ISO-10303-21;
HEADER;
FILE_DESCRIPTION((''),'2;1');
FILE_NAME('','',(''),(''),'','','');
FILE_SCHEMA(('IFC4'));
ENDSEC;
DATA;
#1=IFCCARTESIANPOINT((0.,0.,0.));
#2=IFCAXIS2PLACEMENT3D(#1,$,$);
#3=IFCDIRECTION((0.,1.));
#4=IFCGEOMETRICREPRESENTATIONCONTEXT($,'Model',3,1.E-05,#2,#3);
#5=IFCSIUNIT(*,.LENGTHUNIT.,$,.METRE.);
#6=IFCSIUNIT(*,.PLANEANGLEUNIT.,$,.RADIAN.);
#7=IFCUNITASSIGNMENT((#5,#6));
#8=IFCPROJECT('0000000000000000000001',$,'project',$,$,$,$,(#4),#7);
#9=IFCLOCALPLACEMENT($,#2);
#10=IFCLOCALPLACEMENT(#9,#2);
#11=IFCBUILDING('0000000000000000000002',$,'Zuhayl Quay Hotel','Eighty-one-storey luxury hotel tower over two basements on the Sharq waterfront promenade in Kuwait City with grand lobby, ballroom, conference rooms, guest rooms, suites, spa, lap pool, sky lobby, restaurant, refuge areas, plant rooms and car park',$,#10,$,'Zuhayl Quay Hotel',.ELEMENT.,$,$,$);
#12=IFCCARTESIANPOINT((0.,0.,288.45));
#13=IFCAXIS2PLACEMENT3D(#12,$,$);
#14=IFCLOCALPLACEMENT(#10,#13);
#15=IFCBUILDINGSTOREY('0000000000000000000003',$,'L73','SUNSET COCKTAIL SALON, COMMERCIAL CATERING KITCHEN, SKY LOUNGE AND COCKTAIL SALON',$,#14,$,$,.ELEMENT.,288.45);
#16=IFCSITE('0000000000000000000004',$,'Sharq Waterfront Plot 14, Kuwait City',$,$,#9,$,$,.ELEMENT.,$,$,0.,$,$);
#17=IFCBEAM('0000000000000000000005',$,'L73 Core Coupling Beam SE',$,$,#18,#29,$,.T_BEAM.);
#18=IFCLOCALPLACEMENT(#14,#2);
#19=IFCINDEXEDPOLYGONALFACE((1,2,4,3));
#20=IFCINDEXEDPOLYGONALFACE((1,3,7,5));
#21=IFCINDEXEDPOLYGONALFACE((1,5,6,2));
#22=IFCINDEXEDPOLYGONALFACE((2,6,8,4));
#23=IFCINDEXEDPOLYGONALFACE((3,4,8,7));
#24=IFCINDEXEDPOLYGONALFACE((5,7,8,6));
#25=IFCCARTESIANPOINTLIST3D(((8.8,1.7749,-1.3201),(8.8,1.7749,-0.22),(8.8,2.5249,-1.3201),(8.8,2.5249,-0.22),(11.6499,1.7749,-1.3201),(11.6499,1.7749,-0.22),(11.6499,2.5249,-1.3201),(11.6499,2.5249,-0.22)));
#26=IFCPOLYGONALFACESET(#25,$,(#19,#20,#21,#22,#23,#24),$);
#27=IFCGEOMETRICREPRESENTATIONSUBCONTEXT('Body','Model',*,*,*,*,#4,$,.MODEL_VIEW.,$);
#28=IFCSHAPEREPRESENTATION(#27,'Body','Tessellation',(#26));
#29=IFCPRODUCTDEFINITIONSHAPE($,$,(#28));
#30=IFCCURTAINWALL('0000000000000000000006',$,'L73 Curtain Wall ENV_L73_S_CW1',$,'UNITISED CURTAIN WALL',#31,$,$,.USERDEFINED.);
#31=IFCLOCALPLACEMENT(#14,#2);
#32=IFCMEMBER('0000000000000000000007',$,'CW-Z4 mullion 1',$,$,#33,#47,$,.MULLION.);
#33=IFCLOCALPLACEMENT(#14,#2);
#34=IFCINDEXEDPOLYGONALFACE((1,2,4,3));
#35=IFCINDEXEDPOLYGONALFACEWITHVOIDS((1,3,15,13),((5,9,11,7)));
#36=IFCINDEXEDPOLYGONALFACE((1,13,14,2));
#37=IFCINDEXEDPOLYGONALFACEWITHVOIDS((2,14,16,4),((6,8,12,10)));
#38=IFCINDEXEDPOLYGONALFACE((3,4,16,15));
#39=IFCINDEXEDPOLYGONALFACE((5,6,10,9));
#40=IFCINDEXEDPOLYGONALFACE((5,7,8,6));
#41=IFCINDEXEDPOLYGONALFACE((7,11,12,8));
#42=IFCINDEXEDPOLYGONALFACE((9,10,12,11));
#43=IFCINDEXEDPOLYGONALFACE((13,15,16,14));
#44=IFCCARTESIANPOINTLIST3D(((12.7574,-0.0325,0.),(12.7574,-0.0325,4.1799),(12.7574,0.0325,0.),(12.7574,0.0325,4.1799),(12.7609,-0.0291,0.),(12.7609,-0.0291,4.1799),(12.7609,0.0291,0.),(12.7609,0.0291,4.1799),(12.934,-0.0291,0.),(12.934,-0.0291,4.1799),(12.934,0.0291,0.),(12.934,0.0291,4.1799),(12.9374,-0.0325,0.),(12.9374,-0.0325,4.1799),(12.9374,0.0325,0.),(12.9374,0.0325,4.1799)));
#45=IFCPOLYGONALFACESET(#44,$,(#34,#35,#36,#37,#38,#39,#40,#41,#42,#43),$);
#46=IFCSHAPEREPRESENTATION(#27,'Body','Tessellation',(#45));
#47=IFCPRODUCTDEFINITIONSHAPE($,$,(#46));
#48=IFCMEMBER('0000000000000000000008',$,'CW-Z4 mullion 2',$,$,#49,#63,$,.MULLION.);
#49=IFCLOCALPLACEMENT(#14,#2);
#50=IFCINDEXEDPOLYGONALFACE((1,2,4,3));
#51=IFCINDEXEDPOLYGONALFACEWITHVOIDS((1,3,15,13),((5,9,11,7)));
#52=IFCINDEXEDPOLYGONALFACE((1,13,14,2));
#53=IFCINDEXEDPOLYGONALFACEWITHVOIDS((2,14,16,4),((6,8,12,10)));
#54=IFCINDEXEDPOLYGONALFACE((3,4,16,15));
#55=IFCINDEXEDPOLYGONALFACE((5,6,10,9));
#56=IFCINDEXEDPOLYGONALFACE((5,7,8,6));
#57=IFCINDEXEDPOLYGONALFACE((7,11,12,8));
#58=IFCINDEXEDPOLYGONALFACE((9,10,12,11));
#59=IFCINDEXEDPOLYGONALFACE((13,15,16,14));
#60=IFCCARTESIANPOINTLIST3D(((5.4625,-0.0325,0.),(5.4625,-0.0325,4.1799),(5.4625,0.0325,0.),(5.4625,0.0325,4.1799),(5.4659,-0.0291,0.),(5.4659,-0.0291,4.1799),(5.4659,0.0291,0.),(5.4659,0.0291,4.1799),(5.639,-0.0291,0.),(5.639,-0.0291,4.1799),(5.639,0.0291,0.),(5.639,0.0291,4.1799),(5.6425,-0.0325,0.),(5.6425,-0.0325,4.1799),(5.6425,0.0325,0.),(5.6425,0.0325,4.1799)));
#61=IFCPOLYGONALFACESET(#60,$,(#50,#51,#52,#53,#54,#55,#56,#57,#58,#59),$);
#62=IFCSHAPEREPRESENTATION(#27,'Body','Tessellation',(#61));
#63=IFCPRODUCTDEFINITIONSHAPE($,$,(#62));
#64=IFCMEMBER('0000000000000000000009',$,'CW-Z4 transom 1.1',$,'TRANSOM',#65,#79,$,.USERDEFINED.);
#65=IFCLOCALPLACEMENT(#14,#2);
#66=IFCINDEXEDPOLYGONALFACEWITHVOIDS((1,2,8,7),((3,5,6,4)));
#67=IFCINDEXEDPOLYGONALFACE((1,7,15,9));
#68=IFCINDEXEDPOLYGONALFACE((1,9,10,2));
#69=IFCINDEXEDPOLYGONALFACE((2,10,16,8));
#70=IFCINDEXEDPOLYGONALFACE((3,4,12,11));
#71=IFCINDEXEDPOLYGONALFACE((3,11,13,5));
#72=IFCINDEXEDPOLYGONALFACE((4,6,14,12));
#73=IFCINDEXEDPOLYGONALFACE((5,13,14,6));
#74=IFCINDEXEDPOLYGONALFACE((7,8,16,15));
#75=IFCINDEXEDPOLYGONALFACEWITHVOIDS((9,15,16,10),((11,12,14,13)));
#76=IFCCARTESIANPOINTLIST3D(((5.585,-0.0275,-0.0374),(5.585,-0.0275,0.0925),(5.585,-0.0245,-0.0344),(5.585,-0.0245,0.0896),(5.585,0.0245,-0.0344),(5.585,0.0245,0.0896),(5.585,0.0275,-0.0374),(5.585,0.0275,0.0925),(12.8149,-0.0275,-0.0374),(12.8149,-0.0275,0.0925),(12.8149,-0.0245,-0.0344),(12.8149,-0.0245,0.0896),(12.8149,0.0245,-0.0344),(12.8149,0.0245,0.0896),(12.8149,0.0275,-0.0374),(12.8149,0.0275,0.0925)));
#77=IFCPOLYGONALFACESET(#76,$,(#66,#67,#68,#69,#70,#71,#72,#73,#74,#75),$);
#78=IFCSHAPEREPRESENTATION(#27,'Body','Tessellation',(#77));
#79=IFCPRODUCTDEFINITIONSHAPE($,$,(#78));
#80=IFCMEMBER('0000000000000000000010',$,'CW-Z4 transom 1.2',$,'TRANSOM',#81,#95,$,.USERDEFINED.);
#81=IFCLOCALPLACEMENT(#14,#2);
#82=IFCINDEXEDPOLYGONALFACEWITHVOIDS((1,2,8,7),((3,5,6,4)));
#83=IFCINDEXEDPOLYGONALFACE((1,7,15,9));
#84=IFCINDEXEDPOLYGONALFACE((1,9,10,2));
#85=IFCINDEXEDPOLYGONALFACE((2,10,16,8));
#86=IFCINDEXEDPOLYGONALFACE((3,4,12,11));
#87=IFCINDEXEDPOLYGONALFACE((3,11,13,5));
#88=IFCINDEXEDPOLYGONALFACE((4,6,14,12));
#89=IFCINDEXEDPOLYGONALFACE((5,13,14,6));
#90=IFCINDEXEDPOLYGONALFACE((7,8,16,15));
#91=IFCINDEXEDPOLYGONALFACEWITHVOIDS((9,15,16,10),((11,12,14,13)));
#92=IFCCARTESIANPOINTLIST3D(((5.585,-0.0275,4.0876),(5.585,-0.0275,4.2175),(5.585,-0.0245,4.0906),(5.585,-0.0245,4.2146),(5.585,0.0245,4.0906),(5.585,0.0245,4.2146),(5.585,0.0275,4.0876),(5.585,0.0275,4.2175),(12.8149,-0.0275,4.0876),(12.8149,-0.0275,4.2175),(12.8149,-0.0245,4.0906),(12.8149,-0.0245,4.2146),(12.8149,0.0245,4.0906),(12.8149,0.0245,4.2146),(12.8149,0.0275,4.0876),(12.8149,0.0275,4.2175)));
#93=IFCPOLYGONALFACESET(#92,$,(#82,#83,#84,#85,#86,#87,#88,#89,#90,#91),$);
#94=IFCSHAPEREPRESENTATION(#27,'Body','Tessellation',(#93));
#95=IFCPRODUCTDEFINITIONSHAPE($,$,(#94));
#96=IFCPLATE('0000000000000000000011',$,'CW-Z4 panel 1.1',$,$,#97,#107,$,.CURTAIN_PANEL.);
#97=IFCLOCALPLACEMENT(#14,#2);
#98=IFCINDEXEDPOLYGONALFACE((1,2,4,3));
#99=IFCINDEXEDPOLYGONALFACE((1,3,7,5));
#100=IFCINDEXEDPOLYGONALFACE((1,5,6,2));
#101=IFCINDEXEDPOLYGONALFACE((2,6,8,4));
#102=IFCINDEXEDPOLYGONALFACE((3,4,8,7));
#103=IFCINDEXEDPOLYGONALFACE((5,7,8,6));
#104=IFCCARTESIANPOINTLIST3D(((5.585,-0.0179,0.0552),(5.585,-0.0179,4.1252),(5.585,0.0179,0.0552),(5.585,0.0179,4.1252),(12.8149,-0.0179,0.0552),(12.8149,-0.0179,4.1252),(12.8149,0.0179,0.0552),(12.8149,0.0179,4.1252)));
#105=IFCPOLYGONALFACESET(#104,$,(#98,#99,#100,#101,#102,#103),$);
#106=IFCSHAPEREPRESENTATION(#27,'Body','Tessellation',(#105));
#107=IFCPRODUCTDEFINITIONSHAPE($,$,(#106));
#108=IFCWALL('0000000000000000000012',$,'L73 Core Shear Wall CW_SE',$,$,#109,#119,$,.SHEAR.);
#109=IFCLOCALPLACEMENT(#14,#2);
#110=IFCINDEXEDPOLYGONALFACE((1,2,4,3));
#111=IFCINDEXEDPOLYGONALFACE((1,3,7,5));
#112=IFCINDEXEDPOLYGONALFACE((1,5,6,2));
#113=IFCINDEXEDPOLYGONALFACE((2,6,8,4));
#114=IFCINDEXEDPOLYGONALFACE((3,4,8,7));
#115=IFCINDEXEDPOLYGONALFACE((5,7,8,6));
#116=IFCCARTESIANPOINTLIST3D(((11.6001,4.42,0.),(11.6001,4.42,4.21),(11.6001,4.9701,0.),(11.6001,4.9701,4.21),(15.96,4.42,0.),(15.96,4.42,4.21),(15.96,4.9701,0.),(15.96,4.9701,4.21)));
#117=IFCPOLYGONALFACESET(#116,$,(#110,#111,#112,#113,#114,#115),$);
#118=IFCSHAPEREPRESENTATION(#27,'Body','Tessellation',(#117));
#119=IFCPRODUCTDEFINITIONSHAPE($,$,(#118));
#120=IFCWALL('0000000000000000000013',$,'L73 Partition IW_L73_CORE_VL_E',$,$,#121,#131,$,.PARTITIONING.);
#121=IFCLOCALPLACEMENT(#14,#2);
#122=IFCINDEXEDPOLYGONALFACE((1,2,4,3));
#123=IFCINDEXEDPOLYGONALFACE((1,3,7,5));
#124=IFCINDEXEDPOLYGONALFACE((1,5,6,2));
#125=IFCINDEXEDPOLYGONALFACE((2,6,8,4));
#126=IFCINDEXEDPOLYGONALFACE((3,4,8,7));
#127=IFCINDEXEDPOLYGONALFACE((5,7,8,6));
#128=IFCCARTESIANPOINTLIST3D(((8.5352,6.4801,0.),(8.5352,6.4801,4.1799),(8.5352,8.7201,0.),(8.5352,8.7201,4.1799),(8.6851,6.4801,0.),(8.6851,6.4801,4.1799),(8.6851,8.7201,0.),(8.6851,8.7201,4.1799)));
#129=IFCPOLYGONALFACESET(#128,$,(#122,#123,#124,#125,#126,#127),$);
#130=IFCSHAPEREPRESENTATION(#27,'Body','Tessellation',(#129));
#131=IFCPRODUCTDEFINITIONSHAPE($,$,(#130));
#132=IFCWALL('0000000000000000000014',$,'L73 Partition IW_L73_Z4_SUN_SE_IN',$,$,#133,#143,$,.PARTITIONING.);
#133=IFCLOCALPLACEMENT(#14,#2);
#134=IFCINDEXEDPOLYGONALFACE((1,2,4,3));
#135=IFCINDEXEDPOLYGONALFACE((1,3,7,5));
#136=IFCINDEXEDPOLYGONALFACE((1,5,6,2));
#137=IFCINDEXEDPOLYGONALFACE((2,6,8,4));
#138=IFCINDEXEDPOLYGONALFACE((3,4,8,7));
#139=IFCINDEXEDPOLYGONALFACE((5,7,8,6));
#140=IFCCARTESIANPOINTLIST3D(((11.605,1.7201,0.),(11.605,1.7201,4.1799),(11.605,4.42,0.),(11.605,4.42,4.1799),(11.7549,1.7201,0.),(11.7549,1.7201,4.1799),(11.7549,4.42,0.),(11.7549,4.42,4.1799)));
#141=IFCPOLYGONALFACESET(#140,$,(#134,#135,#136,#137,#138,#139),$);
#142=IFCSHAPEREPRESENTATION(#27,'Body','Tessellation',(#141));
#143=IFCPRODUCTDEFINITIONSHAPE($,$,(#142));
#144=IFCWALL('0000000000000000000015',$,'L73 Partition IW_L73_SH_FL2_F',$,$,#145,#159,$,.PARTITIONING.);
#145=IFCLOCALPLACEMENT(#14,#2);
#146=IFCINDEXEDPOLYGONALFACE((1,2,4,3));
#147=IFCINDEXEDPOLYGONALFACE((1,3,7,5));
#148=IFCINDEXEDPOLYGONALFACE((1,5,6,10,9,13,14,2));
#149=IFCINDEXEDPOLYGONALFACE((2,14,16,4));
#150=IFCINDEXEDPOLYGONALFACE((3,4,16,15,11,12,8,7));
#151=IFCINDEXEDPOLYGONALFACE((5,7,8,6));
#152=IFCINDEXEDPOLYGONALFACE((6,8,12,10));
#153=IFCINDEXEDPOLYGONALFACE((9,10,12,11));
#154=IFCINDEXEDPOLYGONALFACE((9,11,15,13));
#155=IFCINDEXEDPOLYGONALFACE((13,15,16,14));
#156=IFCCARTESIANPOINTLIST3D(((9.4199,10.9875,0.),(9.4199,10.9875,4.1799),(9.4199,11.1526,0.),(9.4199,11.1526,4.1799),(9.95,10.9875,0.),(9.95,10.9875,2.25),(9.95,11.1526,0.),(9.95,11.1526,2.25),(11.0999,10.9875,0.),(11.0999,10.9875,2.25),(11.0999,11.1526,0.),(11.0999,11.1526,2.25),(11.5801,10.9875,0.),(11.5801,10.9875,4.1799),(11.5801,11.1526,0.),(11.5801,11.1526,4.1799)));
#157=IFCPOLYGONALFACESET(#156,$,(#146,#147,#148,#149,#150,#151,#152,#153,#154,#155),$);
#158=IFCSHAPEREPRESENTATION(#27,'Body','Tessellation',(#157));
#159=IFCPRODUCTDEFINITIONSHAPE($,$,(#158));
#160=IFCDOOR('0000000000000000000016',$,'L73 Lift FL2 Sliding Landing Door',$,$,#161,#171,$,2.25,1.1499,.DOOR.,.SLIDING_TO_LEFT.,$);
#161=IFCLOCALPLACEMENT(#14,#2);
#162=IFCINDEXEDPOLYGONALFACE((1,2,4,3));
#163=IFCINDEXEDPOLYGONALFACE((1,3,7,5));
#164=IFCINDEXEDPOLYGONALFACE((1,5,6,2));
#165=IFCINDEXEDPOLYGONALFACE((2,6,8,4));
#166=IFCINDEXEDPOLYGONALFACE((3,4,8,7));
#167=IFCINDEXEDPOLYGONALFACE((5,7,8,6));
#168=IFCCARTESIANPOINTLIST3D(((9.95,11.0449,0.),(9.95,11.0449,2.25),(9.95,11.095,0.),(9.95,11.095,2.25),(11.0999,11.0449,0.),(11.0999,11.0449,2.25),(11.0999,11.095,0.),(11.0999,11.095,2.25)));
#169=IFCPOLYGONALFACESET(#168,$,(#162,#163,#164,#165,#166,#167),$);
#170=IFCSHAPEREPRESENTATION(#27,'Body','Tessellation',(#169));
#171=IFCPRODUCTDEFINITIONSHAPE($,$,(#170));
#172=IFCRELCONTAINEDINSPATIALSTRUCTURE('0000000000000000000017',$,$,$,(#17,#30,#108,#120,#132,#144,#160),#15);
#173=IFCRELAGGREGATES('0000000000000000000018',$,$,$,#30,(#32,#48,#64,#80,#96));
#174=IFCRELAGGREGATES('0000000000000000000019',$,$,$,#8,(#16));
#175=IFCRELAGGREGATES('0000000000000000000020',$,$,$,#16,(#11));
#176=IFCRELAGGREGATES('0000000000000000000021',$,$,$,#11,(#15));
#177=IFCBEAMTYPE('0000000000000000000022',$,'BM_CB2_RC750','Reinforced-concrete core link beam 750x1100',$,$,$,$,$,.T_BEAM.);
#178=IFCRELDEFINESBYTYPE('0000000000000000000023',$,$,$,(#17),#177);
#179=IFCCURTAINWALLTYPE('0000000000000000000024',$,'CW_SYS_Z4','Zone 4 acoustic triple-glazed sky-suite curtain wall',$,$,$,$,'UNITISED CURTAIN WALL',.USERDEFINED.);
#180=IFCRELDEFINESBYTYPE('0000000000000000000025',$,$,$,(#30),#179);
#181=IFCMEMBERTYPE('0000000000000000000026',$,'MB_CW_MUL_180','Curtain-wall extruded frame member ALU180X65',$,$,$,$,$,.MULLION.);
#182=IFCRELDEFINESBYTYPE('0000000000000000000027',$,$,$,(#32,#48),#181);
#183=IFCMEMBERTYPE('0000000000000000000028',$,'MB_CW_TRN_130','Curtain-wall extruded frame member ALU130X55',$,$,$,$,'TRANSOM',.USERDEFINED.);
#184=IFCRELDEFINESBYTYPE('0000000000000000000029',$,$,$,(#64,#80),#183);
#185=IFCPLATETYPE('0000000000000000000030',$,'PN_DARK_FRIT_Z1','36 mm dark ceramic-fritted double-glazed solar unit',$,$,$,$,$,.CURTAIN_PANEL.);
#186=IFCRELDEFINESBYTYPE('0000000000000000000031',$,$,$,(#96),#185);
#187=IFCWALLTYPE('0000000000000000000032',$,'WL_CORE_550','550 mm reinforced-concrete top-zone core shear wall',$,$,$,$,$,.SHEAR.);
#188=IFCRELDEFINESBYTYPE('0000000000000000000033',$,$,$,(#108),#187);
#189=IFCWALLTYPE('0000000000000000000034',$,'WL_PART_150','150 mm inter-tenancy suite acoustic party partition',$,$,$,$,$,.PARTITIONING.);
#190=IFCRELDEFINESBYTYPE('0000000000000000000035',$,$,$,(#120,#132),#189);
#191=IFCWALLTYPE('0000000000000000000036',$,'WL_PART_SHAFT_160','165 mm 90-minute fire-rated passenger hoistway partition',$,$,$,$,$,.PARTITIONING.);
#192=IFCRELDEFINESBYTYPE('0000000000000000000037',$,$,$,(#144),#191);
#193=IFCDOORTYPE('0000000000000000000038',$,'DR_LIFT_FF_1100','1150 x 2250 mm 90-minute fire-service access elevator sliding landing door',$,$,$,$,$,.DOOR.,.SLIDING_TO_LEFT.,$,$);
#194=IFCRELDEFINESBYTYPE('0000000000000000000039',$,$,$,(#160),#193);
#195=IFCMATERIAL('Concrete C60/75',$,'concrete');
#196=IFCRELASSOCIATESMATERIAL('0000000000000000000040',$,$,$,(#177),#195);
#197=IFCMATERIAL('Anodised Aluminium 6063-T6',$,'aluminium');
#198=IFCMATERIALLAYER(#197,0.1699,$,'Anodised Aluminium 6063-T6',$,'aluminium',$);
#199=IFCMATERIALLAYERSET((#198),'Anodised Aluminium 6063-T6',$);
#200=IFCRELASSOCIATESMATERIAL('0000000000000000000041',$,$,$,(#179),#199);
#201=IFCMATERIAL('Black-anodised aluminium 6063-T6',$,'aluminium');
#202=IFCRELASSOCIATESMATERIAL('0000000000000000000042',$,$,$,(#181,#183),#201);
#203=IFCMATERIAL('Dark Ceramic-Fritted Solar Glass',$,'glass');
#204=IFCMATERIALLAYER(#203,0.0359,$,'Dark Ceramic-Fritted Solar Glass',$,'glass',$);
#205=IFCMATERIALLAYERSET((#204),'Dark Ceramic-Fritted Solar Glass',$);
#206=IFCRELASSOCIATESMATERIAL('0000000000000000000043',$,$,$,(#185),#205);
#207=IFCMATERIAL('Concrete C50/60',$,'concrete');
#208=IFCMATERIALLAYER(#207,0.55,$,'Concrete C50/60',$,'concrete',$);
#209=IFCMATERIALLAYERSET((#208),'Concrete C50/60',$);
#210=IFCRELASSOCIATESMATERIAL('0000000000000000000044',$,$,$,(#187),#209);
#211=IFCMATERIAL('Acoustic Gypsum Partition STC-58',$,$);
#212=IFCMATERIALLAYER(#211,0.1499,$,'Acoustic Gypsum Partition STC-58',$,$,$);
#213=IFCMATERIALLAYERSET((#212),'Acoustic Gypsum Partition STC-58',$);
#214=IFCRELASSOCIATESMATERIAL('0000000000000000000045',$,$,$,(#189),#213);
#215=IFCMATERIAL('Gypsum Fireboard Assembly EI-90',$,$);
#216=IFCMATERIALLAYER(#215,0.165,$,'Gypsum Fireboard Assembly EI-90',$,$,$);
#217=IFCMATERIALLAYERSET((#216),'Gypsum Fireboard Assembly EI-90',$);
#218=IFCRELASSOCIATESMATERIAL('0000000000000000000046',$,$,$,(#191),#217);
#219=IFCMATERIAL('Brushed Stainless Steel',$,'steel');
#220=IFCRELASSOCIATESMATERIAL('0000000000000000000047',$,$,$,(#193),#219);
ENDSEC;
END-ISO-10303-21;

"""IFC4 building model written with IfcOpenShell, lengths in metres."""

from ifc_helpers import new_model, si_unit, direction, frame, frame_2d, origin, origin_2d, place, context, subcontext, project, spatial, rectangle, hollow_rectangle, extrude, material, layer, layer_set, material_profile, profile_set, type_object, element, fill, aggregate, save


model = new_model("IFC4")

# Units and contexts
model_context = context("Model", 3, precision=1e-05, world=origin(), true_north=direction((0.0, 1.0)))
body_context = subcontext(model_context, "Body", "Model", "MODEL_VIEW")
ifc_project = project(units=[si_unit("LENGTHUNIT", "METRE"), si_unit("PLANEANGLEUNIT", "RADIAN")], contexts=[model_context])

# Site, building, storey
site_placement = place(None, origin())
site = spatial("IfcSite", under=ifc_project, at=site_placement, Name="Sharq Waterfront Plot 14, Kuwait City", CompositionType="ELEMENT", RefElevation=0.0)
building_placement = place(site_placement, origin())
building = spatial("IfcBuilding", under=site, at=building_placement, Name="Zuhayl Quay Hotel", Description="Eighty-one-storey luxury hotel tower over two basements on the Sharq waterfront promenade in Kuwait City with grand lobby, ballroom, conference rooms, guest rooms, suites, spa, lap pool, sky lobby, restaurant, refuge areas, plant rooms and car park", LongName="Zuhayl Quay Hotel", CompositionType="ELEMENT")
storey_placement = place(building_placement, frame((0.0, 0.0, 288.45)))
storey = spatial("IfcBuildingStorey", under=building, at=storey_placement, Name="L73", Description="SUNSET COCKTAIL SALON, COMMERCIAL CATERING KITCHEN, SKY LOUNGE AND COCKTAIL SALON", CompositionType="ELEMENT", Elevation=288.45)

# Beam
ifc_material_1 = material(Name="Concrete C60/75", Category="concrete")
ifc_material_profile_1 = material_profile(ifc_material_1, rectangle(XDim=0.75, YDim=1.1001, at=origin_2d()), Name="RC750X1100")
ifc_profile_set_1 = profile_set([ifc_material_profile_1], Name="Concrete C60/75")
beam_type = type_object("IfcBeamType", Name="BM_CB2_RC750", Description="Reinforced-concrete core link beam 750x1100", PredefinedType="T_BEAM", material=ifc_profile_set_1)
beam_placement = place(storey_placement, frame((8.8, 2.1499, -0.77), z_axis=(1.0, 0.0, 0.0), x_axis=(0.0, 1.0, 0.0)))
element("IfcBeam", 1, at=beam_placement, inside=storey, type_object=beam_type, Name="L73 Core Coupling Beam SE", PredefinedType="T_BEAM", context=body_context, shape_type="SweptSolid", body=[
    extrude(rectangle(XDim=0.75, YDim=1.1001, at=origin_2d()), origin(), (0.0, 0.0, 1.0), 2.8499),
])

# Curtain wall, members, plate
ifc_material_2 = material(Name="Anodised Aluminium 6063-T6", Category="aluminium")
ifc_layer_1 = layer(ifc_material_2, 0.1699, Name="Anodised Aluminium 6063-T6", Category="aluminium")
ifc_layer_set_1 = layer_set([ifc_layer_1], Name="Anodised Aluminium 6063-T6")
curtain_wall_type = type_object("IfcCurtainWallType", Name="CW_SYS_Z4", Description="Zone 4 acoustic triple-glazed sky-suite curtain wall", ElementType="UNITISED CURTAIN WALL", PredefinedType="USERDEFINED", material=ifc_layer_set_1)
curtain_wall_placement = place(storey_placement, origin())
curtain_wall = element("IfcCurtainWall", 2, at=curtain_wall_placement, inside=storey, type_object=curtain_wall_type, Name="L73 Curtain Wall ENV_L73_S_CW1", ObjectType="UNITISED CURTAIN WALL", PredefinedType="USERDEFINED")
ifc_material_3 = material(Name="Black-anodised aluminium 6063-T6", Category="aluminium")
ifc_material_profile_2 = material_profile(ifc_material_3, hollow_rectangle(XDim=0.0649, YDim=0.1799, WallThickness=0.0034, at=origin_2d()), Name="ALU180X65")
ifc_profile_set_2 = profile_set([ifc_material_profile_2], Name="Black-anodised aluminium 6063-T6")
member_type_1 = type_object("IfcMemberType", Name="MB_CW_MUL_180", Description="Curtain-wall extruded frame member ALU180X65", PredefinedType="MULLION", material=ifc_profile_set_2)
member_1_placement = place(storey_placement, frame((12.8474, 0.0, 0.0), z_axis=(0.0, 0.0, 1.0), x_axis=(0.0, -1.0, 0.0)))
member_1 = element("IfcMember", 3, at=member_1_placement, type_object=member_type_1, Name="CW-Z4 mullion 1", PredefinedType="MULLION", context=body_context, shape_type="SweptSolid", body=[
    extrude(hollow_rectangle(XDim=0.0649, YDim=0.1799, WallThickness=0.0034, at=origin_2d()), origin(), (0.0, 0.0, 1.0), 4.1799),
])
member_2_placement = place(storey_placement, frame((5.5525, 0.0, 0.0), z_axis=(0.0, 0.0, 1.0), x_axis=(0.0, -1.0, 0.0)))
member_2 = element("IfcMember", 4, at=member_2_placement, type_object=member_type_1, Name="CW-Z4 mullion 2", PredefinedType="MULLION", context=body_context, shape_type="SweptSolid", body=[
    extrude(hollow_rectangle(XDim=0.0649, YDim=0.1799, WallThickness=0.0034, at=origin_2d()), origin(), (0.0, 0.0, 1.0), 4.1799),
])
ifc_material_profile_3 = material_profile(ifc_material_3, hollow_rectangle(XDim=0.0549, YDim=0.1299, WallThickness=0.0029, at=origin_2d()), Name="ALU130X55")
ifc_profile_set_3 = profile_set([ifc_material_profile_3], Name="Black-anodised aluminium 6063-T6")
member_type_2 = type_object("IfcMemberType", Name="MB_CW_TRN_130", Description="Curtain-wall extruded frame member ALU130X55", ElementType="TRANSOM", PredefinedType="USERDEFINED", material=ifc_profile_set_3)
member_3_placement = place(storey_placement, frame((12.8149, 0.0, 0.0276), z_axis=(-1.0, 0.0, 0.0), x_axis=(0.0, -1.0, 0.0)))
member_3 = element("IfcMember", 5, at=member_3_placement, type_object=member_type_2, Name="CW-Z4 transom 1.1", ObjectType="TRANSOM", PredefinedType="USERDEFINED", context=body_context, shape_type="SweptSolid", body=[
    extrude(hollow_rectangle(XDim=0.0549, YDim=0.1299, WallThickness=0.0029, at=origin_2d()), origin(), (0.0, 0.0, 1.0), 7.23),
])
member_4_placement = place(storey_placement, frame((12.8149, 0.0, 4.1526), z_axis=(-1.0, 0.0, 0.0), x_axis=(0.0, -1.0, 0.0)))
member_4 = element("IfcMember", 6, at=member_4_placement, type_object=member_type_2, Name="CW-Z4 transom 1.2", ObjectType="TRANSOM", PredefinedType="USERDEFINED", context=body_context, shape_type="SweptSolid", body=[
    extrude(hollow_rectangle(XDim=0.0549, YDim=0.1299, WallThickness=0.0029, at=origin_2d()), origin(), (0.0, 0.0, 1.0), 7.23),
])
ifc_material_4 = material(Name="Dark Ceramic-Fritted Solar Glass", Category="glass")
ifc_layer_2 = layer(ifc_material_4, 0.0359, Name="Dark Ceramic-Fritted Solar Glass", Category="glass")
ifc_layer_set_2 = layer_set([ifc_layer_2], Name="Dark Ceramic-Fritted Solar Glass")
plate_type = type_object("IfcPlateType", Name="PN_DARK_FRIT_Z1", Description="36 mm dark ceramic-fritted double-glazed solar unit", PredefinedType="CURTAIN_PANEL", material=ifc_layer_set_2)
plate_placement = place(storey_placement, frame((9.2, 0.0, 0.0552), z_axis=(0.0, 0.0, 1.0), x_axis=(-1.0, 0.0, 0.0)))
plate = element("IfcPlate", 7, at=plate_placement, type_object=plate_type, Name="CW-Z4 panel 1.1", PredefinedType="CURTAIN_PANEL", context=body_context, shape_type="SweptSolid", body=[
    extrude(rectangle(XDim=7.23, YDim=0.0359, at=origin_2d()), origin(), (0.0, 0.0, 1.0), 4.0701),
])
aggregate(curtain_wall, [member_1, member_2, member_3, member_4, plate])

# Walls
ifc_material_5 = material(Name="Concrete C50/60", Category="concrete")
ifc_layer_3 = layer(ifc_material_5, 0.55, Name="Concrete C50/60", Category="concrete")
ifc_layer_set_3 = layer_set([ifc_layer_3], Name="Concrete C50/60")
wall_type_1 = type_object("IfcWallType", Name="WL_CORE_550", Description="550 mm reinforced-concrete top-zone core shear wall", PredefinedType="SHEAR", material=ifc_layer_set_3)
wall_1_placement = place(storey_placement, frame((11.6001, 4.6951, 0.0), z_axis=(0.0, 0.0, 1.0), x_axis=(1.0, 0.0, 0.0)))
element("IfcWall", 8, at=wall_1_placement, inside=storey, type_object=wall_type_1, Name="L73 Core Shear Wall CW_SE", PredefinedType="SHEAR", context=body_context, shape_type="SweptSolid", body=[
    extrude(rectangle(XDim=4.3599, YDim=0.55, at=frame_2d((2.1799, 0.0))), origin(), (0.0, 0.0, 1.0), 4.21),
])
ifc_material_6 = material(Name="Acoustic Gypsum Partition STC-58")
ifc_layer_4 = layer(ifc_material_6, 0.1499, Name="Acoustic Gypsum Partition STC-58")
ifc_layer_set_4 = layer_set([ifc_layer_4], Name="Acoustic Gypsum Partition STC-58")
wall_type_2 = type_object("IfcWallType", Name="WL_PART_150", Description="150 mm inter-tenancy suite acoustic party partition", PredefinedType="PARTITIONING", material=ifc_layer_set_4)
wall_2_placement = place(storey_placement, frame((8.6101, 6.48, 0.0), z_axis=(0.0, 0.0, 1.0), x_axis=(0.0, 1.0, 0.0)))
element("IfcWall", 9, at=wall_2_placement, inside=storey, type_object=wall_type_2, Name="L73 Partition IW_L73_CORE_VL_E", PredefinedType="PARTITIONING", context=body_context, shape_type="SweptSolid", body=[
    extrude(rectangle(XDim=2.24, YDim=0.1499, at=frame_2d((1.1201, 0.0))), origin(), (0.0, 0.0, 1.0), 4.1799),
])
wall_3_placement = place(storey_placement, frame((11.6799, 1.72, 0.0), z_axis=(0.0, 0.0, 1.0), x_axis=(0.0, 1.0, 0.0)))
element("IfcWall", 10, at=wall_3_placement, inside=storey, type_object=wall_type_2, Name="L73 Partition IW_L73_Z4_SUN_SE_IN", PredefinedType="PARTITIONING", context=body_context, shape_type="SweptSolid", body=[
    extrude(rectangle(XDim=2.7, YDim=0.1499, at=frame_2d((1.3501, 0.0))), origin(), (0.0, 0.0, 1.0), 4.1799),
])

# Wall, opening, door
ifc_material_7 = material(Name="Gypsum Fireboard Assembly EI-90")
ifc_layer_5 = layer(ifc_material_7, 0.165, Name="Gypsum Fireboard Assembly EI-90")
ifc_layer_set_5 = layer_set([ifc_layer_5], Name="Gypsum Fireboard Assembly EI-90")
wall_type_3 = type_object("IfcWallType", Name="WL_PART_SHAFT_160", Description="165 mm 90-minute fire-rated passenger hoistway partition", PredefinedType="PARTITIONING", material=ifc_layer_set_5)
wall_4_placement = place(storey_placement, frame((9.4199, 11.0701, 0.0), z_axis=(0.0, 0.0, 1.0), x_axis=(1.0, 0.0, 0.0)))
wall_4 = element("IfcWall", 11, at=wall_4_placement, inside=storey, type_object=wall_type_3, Name="L73 Partition IW_L73_SH_FL2_F", PredefinedType="PARTITIONING", context=body_context, shape_type="SweptSolid", body=[
    extrude(rectangle(XDim=2.1602, YDim=0.165, at=frame_2d((1.0801, 0.0))), origin(), (0.0, 0.0, 1.0), 4.1799),
])
opening_1_placement = place(wall_4_placement, frame((0.53, 0.0, 0.0)))
opening_1 = element("IfcOpeningElement", 12, at=opening_1_placement, cuts=wall_4, PredefinedType="OPENING", context=body_context, shape_type="SweptSolid", body=[
    extrude(rectangle(XDim=1.1499, YDim=2.25, at=frame_2d((0.575, 1.125))), frame((0.0, 0.0925, 0.0), z_axis=(0.0, -1.0, 0.0), x_axis=(1.0, 0.0, 0.0)), (0.0, 0.0, 1.0), 0.1851),
])
ifc_material_8 = material(Name="Brushed Stainless Steel", Category="steel")
door_type_1 = type_object("IfcDoorType", Name="DR_LIFT_FF_1100", Description="1150 x 2250 mm 90-minute fire-service access elevator sliding landing door", OperationType="SLIDING_TO_LEFT", PredefinedType="DOOR", material=ifc_material_8)
door_1_placement = place(opening_1_placement, origin())
door_1 = element("IfcDoor", 13, at=door_1_placement, inside=storey, type_object=door_type_1, Name="L73 Lift FL2 Sliding Landing Door", OperationType="SLIDING_TO_LEFT", OverallHeight=2.25, OverallWidth=1.1499, PredefinedType="DOOR", context=body_context, shape_type="SweptSolid", body=[
    extrude(rectangle(XDim=1.1499, YDim=2.25, at=frame_2d((0.575, 1.125))), frame((0.0, 0.0249, 0.0), z_axis=(0.0, -1.0, 0.0), x_axis=(1.0, 0.0, 0.0)), (0.0, 0.0, 1.0), 0.05),
])
fill(opening_1, door_1)

save(model, "model.ifc")
